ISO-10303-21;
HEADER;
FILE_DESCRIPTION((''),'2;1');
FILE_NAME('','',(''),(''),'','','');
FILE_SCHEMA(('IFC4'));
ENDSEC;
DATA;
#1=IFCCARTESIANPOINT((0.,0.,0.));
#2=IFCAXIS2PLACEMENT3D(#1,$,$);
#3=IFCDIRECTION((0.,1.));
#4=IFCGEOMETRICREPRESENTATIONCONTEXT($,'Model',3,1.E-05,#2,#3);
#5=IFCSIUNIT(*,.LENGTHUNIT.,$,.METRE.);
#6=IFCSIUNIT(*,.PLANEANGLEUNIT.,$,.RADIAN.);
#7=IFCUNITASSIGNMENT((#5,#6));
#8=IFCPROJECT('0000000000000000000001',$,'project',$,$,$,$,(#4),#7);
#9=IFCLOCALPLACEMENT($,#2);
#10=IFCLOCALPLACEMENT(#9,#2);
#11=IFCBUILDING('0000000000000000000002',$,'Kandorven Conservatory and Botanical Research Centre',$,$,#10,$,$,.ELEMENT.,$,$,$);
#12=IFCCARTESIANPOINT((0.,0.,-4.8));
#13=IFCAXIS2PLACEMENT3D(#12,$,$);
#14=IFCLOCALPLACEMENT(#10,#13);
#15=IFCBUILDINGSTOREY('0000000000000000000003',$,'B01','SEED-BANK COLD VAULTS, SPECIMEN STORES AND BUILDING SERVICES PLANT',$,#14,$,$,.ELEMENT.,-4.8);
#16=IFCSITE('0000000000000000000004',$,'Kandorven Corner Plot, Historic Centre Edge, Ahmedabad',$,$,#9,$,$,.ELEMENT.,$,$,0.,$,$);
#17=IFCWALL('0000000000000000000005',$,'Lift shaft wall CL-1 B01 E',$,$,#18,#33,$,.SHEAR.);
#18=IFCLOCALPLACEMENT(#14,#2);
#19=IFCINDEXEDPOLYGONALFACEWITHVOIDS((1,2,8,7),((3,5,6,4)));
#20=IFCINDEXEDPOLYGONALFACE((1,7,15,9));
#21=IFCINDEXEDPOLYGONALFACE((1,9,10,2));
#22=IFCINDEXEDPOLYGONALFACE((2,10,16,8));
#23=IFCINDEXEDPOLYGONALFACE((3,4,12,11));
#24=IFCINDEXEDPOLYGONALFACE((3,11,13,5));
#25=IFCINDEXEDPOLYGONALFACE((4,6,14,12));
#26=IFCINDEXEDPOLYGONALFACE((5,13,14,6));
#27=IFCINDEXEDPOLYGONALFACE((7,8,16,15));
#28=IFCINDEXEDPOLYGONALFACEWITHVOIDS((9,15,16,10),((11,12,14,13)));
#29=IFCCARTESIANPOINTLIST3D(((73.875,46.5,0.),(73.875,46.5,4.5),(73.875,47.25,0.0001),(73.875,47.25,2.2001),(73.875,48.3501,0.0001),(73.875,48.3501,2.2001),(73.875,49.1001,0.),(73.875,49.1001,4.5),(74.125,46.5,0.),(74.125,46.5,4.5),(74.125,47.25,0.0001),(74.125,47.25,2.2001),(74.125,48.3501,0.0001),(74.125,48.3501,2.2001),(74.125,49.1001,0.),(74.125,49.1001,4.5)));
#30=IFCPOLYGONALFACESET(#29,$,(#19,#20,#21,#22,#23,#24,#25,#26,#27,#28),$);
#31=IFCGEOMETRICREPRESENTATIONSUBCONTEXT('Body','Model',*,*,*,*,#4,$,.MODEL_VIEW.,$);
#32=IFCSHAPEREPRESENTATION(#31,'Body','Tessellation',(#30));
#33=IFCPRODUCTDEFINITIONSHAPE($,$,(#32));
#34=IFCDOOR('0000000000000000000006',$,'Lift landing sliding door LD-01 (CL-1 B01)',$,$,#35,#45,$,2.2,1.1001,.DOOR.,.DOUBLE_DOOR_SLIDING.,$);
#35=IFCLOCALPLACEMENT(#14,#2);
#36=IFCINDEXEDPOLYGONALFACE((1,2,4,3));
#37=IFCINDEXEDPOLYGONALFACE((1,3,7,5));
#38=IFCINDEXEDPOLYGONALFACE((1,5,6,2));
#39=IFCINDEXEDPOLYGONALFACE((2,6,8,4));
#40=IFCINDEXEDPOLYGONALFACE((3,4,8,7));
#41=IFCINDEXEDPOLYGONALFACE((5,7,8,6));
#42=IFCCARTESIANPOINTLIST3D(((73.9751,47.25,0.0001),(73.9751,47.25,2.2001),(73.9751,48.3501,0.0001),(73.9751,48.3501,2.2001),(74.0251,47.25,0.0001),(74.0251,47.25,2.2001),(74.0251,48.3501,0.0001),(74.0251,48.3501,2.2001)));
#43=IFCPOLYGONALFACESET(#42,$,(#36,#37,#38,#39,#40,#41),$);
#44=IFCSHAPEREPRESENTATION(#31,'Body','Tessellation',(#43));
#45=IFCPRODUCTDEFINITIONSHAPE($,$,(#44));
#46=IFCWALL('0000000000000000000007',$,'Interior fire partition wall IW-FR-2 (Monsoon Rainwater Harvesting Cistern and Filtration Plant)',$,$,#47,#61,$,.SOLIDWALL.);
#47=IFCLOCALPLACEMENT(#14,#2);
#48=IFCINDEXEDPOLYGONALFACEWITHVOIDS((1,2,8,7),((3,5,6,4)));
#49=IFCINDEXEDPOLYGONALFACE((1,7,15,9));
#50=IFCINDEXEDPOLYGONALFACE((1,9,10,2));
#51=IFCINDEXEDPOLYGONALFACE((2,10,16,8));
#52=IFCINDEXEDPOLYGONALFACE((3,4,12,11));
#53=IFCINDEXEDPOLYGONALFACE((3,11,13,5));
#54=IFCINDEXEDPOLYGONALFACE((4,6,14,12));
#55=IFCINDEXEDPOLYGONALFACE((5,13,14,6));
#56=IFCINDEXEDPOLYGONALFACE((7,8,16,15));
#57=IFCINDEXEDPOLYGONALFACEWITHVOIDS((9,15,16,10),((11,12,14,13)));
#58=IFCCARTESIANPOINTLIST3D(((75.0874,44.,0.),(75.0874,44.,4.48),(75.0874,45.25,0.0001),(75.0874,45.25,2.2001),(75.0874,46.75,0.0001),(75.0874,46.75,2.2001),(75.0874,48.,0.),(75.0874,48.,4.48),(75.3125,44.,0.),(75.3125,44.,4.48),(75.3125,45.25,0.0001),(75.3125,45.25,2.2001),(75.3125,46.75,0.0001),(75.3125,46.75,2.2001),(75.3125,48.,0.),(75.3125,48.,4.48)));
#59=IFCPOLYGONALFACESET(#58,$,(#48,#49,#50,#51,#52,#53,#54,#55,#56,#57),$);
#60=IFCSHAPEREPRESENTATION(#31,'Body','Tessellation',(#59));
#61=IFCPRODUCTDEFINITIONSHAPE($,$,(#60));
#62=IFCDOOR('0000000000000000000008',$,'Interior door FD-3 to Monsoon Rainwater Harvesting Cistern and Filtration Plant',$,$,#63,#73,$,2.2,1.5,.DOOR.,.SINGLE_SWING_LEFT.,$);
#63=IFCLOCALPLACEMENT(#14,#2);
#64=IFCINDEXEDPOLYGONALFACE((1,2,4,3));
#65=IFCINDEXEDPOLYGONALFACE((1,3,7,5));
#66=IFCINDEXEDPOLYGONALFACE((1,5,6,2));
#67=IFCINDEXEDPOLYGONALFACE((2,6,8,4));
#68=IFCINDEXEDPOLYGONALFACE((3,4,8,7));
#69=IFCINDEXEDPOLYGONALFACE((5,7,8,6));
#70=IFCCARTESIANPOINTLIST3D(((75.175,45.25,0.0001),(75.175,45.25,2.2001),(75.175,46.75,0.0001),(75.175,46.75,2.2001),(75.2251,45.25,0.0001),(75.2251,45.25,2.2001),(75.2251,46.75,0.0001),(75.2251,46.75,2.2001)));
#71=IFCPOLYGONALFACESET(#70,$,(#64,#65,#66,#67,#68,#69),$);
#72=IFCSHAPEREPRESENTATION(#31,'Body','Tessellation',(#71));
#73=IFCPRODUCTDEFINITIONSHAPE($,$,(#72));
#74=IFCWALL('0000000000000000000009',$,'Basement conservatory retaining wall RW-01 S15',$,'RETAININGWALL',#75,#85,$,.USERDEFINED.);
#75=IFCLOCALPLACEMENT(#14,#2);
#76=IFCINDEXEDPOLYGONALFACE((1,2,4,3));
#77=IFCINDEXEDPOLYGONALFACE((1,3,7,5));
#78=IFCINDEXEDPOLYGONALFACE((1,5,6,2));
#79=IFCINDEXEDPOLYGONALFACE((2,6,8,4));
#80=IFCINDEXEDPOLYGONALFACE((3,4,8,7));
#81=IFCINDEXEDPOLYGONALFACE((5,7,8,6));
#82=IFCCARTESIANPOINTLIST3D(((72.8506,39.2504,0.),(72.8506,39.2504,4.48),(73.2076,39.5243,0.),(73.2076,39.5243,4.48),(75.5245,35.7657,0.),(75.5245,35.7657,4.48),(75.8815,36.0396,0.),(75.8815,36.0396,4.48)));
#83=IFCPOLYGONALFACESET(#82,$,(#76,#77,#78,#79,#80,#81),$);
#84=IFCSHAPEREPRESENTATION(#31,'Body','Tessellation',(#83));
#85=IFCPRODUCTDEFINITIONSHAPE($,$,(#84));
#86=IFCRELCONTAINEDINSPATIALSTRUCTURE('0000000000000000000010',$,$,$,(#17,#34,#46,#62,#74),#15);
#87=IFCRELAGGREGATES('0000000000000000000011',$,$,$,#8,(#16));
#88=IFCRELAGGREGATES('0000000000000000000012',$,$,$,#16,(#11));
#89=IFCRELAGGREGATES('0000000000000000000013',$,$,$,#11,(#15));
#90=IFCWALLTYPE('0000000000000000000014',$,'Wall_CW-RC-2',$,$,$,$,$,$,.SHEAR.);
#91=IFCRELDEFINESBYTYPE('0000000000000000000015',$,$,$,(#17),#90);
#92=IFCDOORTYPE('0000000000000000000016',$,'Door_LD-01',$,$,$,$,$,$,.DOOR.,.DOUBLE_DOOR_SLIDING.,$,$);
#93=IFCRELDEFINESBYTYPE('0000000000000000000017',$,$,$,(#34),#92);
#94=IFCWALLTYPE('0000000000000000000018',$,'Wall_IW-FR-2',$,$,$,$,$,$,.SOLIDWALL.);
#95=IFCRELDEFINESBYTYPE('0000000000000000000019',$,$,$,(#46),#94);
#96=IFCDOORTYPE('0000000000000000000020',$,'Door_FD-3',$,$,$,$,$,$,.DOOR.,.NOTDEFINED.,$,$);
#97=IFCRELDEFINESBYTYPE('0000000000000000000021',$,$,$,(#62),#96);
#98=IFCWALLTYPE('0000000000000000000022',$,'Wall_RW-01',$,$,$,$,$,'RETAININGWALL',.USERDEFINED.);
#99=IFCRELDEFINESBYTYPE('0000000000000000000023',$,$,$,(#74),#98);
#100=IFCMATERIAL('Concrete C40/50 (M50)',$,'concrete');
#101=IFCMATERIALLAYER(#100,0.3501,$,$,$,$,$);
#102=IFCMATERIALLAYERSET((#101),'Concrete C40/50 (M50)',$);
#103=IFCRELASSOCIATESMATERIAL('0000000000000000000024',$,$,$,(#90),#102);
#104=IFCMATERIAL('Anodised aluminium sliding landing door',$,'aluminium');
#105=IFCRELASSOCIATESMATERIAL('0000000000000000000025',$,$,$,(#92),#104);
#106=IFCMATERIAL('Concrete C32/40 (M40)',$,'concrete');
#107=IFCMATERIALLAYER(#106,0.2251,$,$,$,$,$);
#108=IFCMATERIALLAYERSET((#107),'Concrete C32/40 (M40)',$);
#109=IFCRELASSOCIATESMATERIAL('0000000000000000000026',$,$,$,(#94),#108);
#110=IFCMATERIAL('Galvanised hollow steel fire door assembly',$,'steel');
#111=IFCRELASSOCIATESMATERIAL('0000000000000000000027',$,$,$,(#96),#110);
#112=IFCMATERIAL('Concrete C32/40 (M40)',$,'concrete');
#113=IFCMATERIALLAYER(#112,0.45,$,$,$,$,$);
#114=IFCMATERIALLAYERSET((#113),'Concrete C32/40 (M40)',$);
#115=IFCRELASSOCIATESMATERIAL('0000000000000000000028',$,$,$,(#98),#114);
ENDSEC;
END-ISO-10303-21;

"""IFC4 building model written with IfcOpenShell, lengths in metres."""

from ifc_helpers import new_model, si_unit, direction, frame, frame_2d, origin, place, context, subcontext, project, spatial, rectangle, extrude, material, layer, layer_set, type_object, element, fill, save


model = new_model("IFC4")

# Units and contexts
model_context = context("Model", 3, precision=1e-05, world=origin(), true_north=direction((0.0, 1.0)))
body_context = subcontext(model_context, "Body", "Model", "MODEL_VIEW")
ifc_project = project(units=[si_unit("LENGTHUNIT", "METRE"), si_unit("PLANEANGLEUNIT", "RADIAN")], contexts=[model_context])

# Site, building, storey
site_placement = place(None, origin())
site = spatial("IfcSite", under=ifc_project, at=site_placement, Name="Kandorven Corner Plot, Historic Centre Edge, Ahmedabad", CompositionType="ELEMENT", RefElevation=0.0)
building_placement = place(site_placement, origin())
building = spatial("IfcBuilding", under=site, at=building_placement, Name="Kandorven Conservatory and Botanical Research Centre", CompositionType="ELEMENT")
storey_placement = place(building_placement, frame((0.0, 0.0, -4.8)))
storey = spatial("IfcBuildingStorey", under=building, at=storey_placement, Name="B01", Description="SEED-BANK COLD VAULTS, SPECIMEN STORES AND BUILDING SERVICES PLANT", CompositionType="ELEMENT", Elevation=-4.8)

# Shared definitions
ifc_material_1 = material(Name="Concrete C40/50 (M50)", Category="concrete")
ifc_layer_1 = layer(ifc_material_1, 0.3501)
ifc_layer_set_1 = layer_set([ifc_layer_1], Name="Concrete C40/50 (M50)")
wall_type_1 = type_object("IfcWallType", Name="Wall_CW-RC-2", PredefinedType="SHEAR", material=ifc_layer_set_1)

# Walls, openings, doors
wall_1_placement = place(storey_placement, frame((74.0, 46.5, 0.0), z_axis=(0.0, 0.0, 1.0), x_axis=(0.0, 1.0, 0.0)))
wall_1 = element("IfcWall", 1, at=wall_1_placement, inside=storey, type_object=wall_type_1, Name="Lift shaft wall CL-1 B01 E", PredefinedType="SHEAR", context=body_context, shape_type="SweptSolid", body=[
    extrude(rectangle(XDim=2.6001, YDim=0.25, at=frame_2d((1.3, 0.0))), origin(), (0.0, 0.0, 1.0), 4.5),
])
opening_1_placement = place(wall_1_placement, frame((0.75, 0.0, 0.0)))
opening_1 = element("IfcOpeningElement", 2, at=opening_1_placement, cuts=wall_1, PredefinedType="OPENING", context=body_context, shape_type="SweptSolid", body=[
    extrude(rectangle(XDim=1.1001, YDim=2.2, at=frame_2d((0.55, 1.1001))), frame((0.0, 0.135, 0.0), z_axis=(0.0, -1.0, 0.0), x_axis=(1.0, 0.0, 0.0)), (0.0, 0.0, 1.0), 0.27),
])
ifc_material_2 = material(Name="Anodised aluminium sliding landing door", Category="aluminium")
door_type_1 = type_object("IfcDoorType", Name="Door_LD-01", OperationType="DOUBLE_DOOR_SLIDING", PredefinedType="DOOR", material=ifc_material_2)
door_1_placement = place(opening_1_placement, origin())
door_1 = element("IfcDoor", 3, at=door_1_placement, inside=storey, type_object=door_type_1, Name="Lift landing sliding door LD-01 (CL-1 B01)", OperationType="DOUBLE_DOOR_SLIDING", OverallHeight=2.2, OverallWidth=1.1001, PredefinedType="DOOR", context=body_context, shape_type="SweptSolid", body=[
    extrude(rectangle(XDim=1.1001, YDim=2.2, at=frame_2d((0.55, 1.1001))), frame((0.0, 0.0249, 0.0), z_axis=(0.0, -1.0, 0.0), x_axis=(1.0, 0.0, 0.0)), (0.0, 0.0, 1.0), 0.05),
])
fill(opening_1, door_1)
ifc_material_3 = material(Name="Concrete C32/40 (M40)", Category="concrete")
ifc_layer_2 = layer(ifc_material_3, 0.2251)
ifc_layer_set_2 = layer_set([ifc_layer_2], Name="Concrete C32/40 (M40)")
wall_type_2 = type_object("IfcWallType", Name="Wall_IW-FR-2", PredefinedType="SOLIDWALL", material=ifc_layer_set_2)
wall_2_placement = place(storey_placement, frame((75.2, 44.0, 0.0), z_axis=(0.0, 0.0, 1.0), x_axis=(0.0, 1.0, 0.0)))
wall_2 = element("IfcWall", 4, at=wall_2_placement, inside=storey, type_object=wall_type_2, Name="Interior fire partition wall IW-FR-2 (Monsoon Rainwater Harvesting Cistern and Filtration Plant)", PredefinedType="SOLIDWALL", context=body_context, shape_type="SweptSolid", body=[
    extrude(rectangle(XDim=4.0, YDim=0.2251, at=frame_2d((2.0, 0.0))), origin(), (0.0, 0.0, 1.0), 4.48),
])
opening_2_placement = place(wall_2_placement, frame((1.25, 0.0, 0.0)))
opening_2 = element("IfcOpeningElement", 5, at=opening_2_placement, cuts=wall_2, PredefinedType="OPENING", context=body_context, shape_type="SweptSolid", body=[
    extrude(rectangle(XDim=1.5, YDim=2.2, at=frame_2d((0.75, 1.1001))), frame((0.0, 0.1226, 0.0), z_axis=(0.0, -1.0, 0.0), x_axis=(1.0, 0.0, 0.0)), (0.0, 0.0, 1.0), 0.2451),
])
ifc_material_4 = material(Name="Galvanised hollow steel fire door assembly", Category="steel")
door_type_2 = type_object("IfcDoorType", Name="Door_FD-3", OperationType="NOTDEFINED", PredefinedType="DOOR", material=ifc_material_4)
door_2_placement = place(opening_2_placement, origin())
door_2 = element("IfcDoor", 6, at=door_2_placement, inside=storey, type_object=door_type_2, Name="Interior door FD-3 to Monsoon Rainwater Harvesting Cistern and Filtration Plant", OperationType="SINGLE_SWING_LEFT", OverallHeight=2.2, OverallWidth=1.5, PredefinedType="DOOR", context=body_context, shape_type="SweptSolid", body=[
    extrude(rectangle(XDim=1.5, YDim=2.2, at=frame_2d((0.75, 1.1001))), frame((0.0, 0.0249, 0.0), z_axis=(0.0, -1.0, 0.0), x_axis=(1.0, 0.0, 0.0)), (0.0, 0.0, 1.0), 0.05),
])
fill(opening_2, door_2)

# Wall
ifc_material_5 = material(Name="Concrete C32/40 (M40)", Category="concrete")
ifc_layer_3 = layer(ifc_material_5, 0.45)
ifc_layer_set_3 = layer_set([ifc_layer_3], Name="Concrete C32/40 (M40)")
wall_type_3 = type_object("IfcWallType", Name="Wall_RW-01", ElementType="RETAININGWALL", PredefinedType="USERDEFINED", material=ifc_layer_set_3)
wall_3_placement = place(storey_placement, frame((73.0291, 39.3875, 0.0), z_axis=(0.0, 0.0, 1.0), x_axis=(0.608759, -0.793355, 0.0)))
element("IfcWall", 7, at=wall_3_placement, inside=storey, type_object=wall_type_3, Name="Basement conservatory retaining wall RW-01 S15", ObjectType="RETAININGWALL", PredefinedType="USERDEFINED", context=body_context, shape_type="SweptSolid", body=[
    extrude(rectangle(XDim=4.3923, YDim=0.45, at=frame_2d((2.1963, 0.0))), origin(), (0.0, 0.0, 1.0), 4.48),
])

save(model, "model.ifc")
